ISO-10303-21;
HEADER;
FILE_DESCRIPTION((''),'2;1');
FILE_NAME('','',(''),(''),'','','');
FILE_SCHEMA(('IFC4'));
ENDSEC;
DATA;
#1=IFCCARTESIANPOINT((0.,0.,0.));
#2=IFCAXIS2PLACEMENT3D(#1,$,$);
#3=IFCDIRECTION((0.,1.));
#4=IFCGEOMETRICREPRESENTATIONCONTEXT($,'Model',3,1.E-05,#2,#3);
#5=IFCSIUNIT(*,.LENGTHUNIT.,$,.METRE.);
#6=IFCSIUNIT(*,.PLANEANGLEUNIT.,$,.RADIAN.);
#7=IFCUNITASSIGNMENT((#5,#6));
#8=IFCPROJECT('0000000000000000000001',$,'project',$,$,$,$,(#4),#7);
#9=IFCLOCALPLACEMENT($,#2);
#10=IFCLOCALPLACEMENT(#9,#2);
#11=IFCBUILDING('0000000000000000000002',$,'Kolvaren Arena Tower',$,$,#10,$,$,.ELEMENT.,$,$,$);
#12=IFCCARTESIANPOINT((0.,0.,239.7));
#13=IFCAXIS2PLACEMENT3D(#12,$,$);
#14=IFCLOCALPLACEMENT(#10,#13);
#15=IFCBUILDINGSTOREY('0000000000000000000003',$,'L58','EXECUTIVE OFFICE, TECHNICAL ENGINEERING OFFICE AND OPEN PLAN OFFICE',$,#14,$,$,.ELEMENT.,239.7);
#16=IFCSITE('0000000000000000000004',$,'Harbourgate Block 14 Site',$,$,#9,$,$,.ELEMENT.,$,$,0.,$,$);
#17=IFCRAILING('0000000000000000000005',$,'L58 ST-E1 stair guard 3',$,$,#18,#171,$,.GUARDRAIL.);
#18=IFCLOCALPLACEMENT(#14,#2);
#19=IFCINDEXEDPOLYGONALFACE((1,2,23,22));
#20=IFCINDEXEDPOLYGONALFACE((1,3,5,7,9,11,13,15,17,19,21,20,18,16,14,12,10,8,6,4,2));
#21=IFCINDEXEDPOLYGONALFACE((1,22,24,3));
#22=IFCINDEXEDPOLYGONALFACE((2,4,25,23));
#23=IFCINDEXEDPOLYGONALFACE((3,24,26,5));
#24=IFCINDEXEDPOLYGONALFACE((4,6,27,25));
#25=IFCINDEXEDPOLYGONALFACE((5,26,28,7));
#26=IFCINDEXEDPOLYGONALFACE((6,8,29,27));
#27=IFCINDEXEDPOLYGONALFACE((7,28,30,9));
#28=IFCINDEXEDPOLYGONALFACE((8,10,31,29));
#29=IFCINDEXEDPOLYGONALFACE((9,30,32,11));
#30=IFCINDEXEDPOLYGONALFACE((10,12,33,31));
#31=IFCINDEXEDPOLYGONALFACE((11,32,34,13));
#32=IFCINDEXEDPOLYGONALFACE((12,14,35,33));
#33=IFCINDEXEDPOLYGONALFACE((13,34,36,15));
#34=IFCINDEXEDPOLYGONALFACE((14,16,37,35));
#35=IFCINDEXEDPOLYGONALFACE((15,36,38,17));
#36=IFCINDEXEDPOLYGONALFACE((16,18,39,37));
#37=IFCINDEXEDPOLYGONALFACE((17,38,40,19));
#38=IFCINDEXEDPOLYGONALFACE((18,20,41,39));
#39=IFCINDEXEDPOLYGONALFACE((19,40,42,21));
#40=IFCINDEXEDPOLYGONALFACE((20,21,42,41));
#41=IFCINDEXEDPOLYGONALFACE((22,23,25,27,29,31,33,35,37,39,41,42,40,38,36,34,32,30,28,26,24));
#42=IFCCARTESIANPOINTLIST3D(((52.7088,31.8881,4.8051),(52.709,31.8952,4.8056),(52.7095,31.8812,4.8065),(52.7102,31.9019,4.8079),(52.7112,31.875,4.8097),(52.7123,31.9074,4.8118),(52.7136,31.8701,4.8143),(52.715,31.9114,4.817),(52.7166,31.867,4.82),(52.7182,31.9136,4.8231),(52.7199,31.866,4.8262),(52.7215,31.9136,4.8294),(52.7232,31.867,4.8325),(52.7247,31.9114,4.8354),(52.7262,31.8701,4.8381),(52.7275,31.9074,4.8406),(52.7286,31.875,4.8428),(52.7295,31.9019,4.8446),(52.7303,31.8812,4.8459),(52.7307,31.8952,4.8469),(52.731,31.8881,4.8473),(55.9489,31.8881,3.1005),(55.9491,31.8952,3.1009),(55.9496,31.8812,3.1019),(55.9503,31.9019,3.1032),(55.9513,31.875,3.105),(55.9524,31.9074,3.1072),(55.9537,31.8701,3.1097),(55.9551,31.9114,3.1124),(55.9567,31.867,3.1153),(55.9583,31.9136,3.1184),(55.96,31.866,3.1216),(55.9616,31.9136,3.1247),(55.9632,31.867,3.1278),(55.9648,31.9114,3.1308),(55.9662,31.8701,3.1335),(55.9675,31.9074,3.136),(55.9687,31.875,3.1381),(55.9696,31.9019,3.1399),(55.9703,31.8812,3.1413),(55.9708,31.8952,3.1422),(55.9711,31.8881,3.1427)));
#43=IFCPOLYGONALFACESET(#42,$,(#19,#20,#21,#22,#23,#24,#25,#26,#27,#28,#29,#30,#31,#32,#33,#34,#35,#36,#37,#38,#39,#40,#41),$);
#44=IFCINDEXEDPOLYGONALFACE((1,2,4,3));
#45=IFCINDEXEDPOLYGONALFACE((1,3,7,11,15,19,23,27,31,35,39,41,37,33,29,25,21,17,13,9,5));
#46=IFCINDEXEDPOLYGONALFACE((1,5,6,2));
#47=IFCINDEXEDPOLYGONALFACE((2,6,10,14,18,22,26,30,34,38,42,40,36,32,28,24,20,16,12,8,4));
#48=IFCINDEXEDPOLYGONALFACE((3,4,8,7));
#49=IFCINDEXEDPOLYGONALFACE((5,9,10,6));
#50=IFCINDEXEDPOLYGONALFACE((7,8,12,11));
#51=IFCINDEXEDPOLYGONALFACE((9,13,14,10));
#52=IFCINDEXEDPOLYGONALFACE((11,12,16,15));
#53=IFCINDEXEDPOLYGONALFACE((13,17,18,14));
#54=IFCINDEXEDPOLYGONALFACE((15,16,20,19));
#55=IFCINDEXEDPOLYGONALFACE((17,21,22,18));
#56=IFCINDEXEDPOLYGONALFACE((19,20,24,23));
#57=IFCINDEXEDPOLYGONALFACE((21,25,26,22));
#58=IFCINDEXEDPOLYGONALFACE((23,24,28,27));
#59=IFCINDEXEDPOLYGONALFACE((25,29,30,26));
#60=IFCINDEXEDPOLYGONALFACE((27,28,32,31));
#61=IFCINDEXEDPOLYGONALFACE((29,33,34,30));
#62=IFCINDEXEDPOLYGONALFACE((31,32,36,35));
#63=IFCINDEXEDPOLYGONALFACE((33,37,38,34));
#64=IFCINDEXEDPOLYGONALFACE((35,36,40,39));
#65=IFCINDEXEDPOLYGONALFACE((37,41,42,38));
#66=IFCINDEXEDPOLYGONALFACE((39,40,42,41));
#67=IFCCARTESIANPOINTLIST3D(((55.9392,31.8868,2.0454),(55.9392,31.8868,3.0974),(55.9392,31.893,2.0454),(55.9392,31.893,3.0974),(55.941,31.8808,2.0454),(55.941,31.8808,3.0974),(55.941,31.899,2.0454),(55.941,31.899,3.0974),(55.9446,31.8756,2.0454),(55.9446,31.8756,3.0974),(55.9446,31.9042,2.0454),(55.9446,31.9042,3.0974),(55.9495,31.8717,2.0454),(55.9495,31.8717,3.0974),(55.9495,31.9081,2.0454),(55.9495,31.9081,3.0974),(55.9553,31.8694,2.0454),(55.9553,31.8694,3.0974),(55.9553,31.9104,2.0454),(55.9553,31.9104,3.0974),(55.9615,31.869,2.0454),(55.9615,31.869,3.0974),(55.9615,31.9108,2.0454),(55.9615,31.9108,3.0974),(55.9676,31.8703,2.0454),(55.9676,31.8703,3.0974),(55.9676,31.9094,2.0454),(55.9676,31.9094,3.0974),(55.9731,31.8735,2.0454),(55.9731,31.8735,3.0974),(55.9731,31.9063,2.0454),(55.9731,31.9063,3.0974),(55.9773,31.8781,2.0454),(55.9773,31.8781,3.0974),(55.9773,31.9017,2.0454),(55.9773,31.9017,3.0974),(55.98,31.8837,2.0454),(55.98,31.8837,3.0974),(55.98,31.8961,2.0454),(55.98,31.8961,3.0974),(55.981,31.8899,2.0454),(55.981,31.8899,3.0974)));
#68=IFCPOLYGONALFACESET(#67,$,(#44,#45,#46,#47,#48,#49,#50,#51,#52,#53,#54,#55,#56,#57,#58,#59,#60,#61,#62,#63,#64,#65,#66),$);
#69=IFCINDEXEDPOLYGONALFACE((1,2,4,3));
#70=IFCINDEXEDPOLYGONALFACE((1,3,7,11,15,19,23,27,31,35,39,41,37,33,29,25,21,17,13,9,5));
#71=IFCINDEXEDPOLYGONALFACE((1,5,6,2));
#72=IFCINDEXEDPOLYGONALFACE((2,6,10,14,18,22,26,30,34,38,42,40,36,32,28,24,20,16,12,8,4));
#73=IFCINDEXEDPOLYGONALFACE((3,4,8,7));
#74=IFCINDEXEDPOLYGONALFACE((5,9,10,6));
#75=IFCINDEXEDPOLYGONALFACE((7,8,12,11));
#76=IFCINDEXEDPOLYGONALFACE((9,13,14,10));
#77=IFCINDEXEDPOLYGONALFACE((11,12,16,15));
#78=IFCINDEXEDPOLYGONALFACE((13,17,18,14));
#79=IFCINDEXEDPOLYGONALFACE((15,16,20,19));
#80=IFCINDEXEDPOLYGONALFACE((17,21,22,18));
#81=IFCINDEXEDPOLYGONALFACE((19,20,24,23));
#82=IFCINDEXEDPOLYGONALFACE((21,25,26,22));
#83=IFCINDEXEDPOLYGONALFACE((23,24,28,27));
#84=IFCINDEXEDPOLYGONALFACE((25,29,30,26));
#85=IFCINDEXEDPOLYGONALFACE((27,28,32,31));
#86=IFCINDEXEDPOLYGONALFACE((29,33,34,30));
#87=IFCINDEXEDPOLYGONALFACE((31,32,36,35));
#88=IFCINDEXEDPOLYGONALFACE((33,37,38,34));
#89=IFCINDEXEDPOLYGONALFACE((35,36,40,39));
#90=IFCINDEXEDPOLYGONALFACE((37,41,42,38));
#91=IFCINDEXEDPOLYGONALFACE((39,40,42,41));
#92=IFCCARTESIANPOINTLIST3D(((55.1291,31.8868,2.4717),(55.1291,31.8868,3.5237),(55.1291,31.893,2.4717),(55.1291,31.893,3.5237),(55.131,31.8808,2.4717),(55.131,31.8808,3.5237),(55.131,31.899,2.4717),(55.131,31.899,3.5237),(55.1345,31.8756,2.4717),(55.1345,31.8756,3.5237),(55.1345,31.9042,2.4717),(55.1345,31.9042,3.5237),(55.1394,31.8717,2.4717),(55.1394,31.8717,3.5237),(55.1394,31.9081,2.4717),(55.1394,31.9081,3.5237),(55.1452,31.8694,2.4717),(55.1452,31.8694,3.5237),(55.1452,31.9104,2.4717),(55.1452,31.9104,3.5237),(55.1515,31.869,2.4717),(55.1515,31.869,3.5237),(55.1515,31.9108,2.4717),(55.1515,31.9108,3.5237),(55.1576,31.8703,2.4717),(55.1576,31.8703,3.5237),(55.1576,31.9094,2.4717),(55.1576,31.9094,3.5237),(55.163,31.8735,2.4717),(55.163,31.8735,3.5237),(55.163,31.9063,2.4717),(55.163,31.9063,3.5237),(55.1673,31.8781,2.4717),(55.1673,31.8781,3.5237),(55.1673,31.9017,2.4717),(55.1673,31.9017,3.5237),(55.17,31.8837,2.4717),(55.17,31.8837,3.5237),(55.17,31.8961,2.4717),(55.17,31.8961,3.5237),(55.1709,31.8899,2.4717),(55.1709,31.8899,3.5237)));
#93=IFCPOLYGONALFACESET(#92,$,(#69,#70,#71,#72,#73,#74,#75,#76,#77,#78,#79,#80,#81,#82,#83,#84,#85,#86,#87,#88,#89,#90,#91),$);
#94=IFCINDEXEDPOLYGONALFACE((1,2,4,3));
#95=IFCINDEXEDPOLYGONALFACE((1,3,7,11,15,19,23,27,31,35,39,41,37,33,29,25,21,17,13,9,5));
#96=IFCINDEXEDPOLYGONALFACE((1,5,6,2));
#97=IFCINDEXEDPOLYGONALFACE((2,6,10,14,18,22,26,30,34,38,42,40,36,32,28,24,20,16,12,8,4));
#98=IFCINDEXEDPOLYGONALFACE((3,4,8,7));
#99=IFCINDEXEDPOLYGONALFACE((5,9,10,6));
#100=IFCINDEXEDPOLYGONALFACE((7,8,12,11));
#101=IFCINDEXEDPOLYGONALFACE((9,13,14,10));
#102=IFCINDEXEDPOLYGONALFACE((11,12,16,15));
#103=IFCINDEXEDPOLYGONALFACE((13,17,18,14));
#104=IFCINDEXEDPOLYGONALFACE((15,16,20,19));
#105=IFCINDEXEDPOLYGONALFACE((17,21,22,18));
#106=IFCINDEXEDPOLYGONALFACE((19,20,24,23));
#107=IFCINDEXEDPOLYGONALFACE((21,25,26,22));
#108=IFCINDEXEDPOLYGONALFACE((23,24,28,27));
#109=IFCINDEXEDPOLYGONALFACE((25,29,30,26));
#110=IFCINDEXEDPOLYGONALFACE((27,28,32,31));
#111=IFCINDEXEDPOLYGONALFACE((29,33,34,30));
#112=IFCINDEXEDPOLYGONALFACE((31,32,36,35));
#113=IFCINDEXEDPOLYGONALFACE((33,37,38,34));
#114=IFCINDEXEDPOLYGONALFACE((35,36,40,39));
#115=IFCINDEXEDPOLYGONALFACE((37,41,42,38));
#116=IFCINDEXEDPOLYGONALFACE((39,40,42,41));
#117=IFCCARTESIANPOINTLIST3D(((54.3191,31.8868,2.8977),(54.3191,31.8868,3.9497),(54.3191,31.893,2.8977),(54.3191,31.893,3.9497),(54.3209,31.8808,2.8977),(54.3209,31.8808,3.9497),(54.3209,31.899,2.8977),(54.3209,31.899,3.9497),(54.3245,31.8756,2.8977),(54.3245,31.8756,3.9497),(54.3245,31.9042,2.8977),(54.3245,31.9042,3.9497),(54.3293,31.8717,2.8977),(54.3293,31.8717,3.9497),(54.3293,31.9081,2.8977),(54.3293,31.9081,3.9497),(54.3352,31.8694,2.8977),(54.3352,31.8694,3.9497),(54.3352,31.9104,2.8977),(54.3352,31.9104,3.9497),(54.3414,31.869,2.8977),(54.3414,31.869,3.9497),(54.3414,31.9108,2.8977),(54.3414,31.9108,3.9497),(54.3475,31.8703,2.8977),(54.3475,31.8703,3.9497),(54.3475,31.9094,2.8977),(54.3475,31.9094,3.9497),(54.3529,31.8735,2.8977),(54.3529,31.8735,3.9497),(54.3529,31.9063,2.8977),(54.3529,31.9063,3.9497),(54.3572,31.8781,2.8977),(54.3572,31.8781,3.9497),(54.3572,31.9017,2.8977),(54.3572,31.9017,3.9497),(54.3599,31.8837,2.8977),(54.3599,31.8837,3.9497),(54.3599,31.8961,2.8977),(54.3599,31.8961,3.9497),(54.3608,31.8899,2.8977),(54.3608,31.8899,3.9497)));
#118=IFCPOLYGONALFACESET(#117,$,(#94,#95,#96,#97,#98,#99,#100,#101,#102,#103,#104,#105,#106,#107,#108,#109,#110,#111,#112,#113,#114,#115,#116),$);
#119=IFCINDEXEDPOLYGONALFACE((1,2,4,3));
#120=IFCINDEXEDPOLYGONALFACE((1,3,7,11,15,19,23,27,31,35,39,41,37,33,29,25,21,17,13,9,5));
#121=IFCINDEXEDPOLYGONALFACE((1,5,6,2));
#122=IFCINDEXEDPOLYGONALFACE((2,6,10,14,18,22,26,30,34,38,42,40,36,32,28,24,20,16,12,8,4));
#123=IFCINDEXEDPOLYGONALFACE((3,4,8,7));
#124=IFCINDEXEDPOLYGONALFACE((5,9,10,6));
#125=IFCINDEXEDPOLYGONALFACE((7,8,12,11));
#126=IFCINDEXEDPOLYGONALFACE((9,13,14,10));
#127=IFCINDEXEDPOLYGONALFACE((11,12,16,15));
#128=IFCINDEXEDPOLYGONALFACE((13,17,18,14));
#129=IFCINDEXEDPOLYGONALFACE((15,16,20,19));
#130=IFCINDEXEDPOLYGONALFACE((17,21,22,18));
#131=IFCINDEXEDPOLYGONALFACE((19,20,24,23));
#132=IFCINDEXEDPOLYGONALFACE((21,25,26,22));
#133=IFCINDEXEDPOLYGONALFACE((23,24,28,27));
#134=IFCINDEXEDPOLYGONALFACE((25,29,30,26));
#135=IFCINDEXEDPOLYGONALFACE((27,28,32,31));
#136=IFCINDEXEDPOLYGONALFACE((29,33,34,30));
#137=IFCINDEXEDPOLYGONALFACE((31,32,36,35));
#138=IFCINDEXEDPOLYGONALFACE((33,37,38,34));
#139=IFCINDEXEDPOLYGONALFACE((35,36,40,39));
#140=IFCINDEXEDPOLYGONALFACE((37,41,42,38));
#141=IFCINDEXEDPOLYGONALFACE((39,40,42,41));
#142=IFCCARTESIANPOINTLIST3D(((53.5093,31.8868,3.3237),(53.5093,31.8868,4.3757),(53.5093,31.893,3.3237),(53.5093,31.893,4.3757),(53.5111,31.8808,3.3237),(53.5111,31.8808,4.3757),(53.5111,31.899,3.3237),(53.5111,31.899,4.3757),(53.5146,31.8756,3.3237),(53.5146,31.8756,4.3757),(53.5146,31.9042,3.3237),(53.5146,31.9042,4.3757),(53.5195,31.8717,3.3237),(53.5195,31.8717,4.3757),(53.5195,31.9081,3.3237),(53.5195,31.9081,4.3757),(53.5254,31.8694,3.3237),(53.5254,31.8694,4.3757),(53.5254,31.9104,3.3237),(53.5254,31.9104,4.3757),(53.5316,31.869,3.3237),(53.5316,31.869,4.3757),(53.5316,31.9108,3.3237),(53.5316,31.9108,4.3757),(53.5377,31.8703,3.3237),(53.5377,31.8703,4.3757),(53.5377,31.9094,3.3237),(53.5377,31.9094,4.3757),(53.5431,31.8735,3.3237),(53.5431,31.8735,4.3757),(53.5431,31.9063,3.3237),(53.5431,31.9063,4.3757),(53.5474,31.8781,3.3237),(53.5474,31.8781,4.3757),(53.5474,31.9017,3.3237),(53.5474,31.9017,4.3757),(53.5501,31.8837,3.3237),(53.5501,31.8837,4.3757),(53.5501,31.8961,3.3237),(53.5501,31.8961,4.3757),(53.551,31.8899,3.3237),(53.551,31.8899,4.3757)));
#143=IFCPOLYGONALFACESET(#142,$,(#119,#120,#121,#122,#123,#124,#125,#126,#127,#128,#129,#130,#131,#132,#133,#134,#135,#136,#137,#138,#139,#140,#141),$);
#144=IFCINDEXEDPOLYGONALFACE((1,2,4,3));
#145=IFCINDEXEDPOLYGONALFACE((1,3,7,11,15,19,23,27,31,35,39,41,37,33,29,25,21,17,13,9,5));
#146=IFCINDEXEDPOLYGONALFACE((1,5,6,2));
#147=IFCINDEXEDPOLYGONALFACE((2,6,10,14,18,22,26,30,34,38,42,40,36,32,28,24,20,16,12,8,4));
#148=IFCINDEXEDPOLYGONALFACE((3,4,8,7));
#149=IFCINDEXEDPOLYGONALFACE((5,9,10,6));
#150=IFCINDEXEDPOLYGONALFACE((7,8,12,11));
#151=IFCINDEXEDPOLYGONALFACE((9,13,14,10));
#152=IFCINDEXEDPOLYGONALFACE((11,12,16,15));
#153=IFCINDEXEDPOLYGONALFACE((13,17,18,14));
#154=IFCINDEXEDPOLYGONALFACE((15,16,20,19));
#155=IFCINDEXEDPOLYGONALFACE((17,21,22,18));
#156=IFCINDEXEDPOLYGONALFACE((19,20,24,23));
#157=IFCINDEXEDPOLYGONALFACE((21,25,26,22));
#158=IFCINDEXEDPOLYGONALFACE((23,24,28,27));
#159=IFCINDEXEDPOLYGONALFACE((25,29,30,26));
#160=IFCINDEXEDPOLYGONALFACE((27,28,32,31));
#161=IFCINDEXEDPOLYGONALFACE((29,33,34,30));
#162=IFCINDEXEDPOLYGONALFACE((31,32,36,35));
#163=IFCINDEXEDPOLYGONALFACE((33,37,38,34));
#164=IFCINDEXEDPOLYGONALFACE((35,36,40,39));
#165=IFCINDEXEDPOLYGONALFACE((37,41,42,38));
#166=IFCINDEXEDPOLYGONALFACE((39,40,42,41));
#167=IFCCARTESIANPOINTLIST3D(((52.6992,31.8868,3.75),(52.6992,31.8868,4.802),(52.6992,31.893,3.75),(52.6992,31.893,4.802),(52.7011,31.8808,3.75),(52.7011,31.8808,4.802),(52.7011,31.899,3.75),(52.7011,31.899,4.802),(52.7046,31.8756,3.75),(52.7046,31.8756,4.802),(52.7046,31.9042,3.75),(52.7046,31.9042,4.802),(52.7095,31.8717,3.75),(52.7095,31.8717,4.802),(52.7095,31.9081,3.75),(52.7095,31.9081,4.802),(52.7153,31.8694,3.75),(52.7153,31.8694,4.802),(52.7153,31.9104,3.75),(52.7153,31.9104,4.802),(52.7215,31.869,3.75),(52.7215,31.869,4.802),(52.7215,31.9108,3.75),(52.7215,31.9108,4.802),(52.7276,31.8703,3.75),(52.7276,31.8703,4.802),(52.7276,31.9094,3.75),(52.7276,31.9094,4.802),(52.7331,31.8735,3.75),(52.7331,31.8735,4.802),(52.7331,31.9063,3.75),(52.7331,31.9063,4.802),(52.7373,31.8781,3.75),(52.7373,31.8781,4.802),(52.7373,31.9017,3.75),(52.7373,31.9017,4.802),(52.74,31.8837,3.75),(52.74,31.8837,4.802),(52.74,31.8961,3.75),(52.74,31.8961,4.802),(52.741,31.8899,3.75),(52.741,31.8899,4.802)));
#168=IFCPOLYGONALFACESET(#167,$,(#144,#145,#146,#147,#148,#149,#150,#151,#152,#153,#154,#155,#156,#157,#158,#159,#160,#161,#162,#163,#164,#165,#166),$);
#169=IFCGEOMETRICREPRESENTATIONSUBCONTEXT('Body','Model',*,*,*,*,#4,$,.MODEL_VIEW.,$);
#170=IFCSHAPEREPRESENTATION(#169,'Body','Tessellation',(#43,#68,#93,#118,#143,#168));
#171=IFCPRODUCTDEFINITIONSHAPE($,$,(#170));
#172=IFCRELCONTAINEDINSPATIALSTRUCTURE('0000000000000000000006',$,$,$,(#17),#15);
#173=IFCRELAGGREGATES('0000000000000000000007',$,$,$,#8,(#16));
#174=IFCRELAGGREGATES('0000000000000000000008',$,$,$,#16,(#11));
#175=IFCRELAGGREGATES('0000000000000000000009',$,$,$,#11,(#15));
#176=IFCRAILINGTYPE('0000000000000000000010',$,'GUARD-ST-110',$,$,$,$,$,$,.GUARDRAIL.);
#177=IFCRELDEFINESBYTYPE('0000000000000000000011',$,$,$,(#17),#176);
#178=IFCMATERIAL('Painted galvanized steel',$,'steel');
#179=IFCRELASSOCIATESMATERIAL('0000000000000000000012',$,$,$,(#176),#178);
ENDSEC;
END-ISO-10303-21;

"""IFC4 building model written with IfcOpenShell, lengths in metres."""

from ifc_helpers import new_model, si_unit, direction, frame, origin, origin_2d, place, context, subcontext, project, spatial, circle, extrude, material, type_object, element, save


model = new_model("IFC4")

# Units and contexts
model_context = context("Model", 3, precision=1e-05, world=origin(), true_north=direction((0.0, 1.0)))
body_context = subcontext(model_context, "Body", "Model", "MODEL_VIEW")
ifc_project = project(units=[si_unit("LENGTHUNIT", "METRE"), si_unit("PLANEANGLEUNIT", "RADIAN")], contexts=[model_context])

# Site, building, storey
site_placement = place(None, origin())
site = spatial("IfcSite", under=ifc_project, at=site_placement, Name="Harbourgate Block 14 Site", CompositionType="ELEMENT", RefElevation=0.0)
building_placement = place(site_placement, origin())
building = spatial("IfcBuilding", under=site, at=building_placement, Name="Kolvaren Arena Tower", CompositionType="ELEMENT")
storey_placement = place(building_placement, frame((0.0, 0.0, 239.7)))
storey = spatial("IfcBuildingStorey", under=building, at=storey_placement, Name="L58", Description="EXECUTIVE OFFICE, TECHNICAL ENGINEERING OFFICE AND OPEN PLAN OFFICE", CompositionType="ELEMENT", Elevation=239.7)

# Railing
ifc_material_1 = material(Name="Painted galvanized steel", Category="steel")
railing_type_1 = type_object("IfcRailingType", Name="GUARD-ST-110", PredefinedType="GUARDRAIL", material=ifc_material_1)
railing_1_placement = place(storey_placement, frame((55.96, 31.8899, 2.0454)))
element("IfcRailing", 1, at=railing_1_placement, inside=storey, type_object=railing_type_1, Name="L58 ST-E1 stair guard 3", PredefinedType="GUARDRAIL", context=body_context, shape_type="SweptSolid", body=[
    extrude(circle(Radius=0.0239, at=origin_2d()), frame((0.0, 0.0, 1.0762), z_axis=(-0.884993, 0.0, 0.465604), x_axis=(0.0, -1.0, 0.0)), (0.0, 0.0, 1.0), 3.6611),
    extrude(circle(Radius=0.021, at=origin_2d()), origin(), (0.0, 0.0, 1.0), 1.052),
    extrude(circle(Radius=0.021, at=origin_2d()), frame((-0.8101, 0.0, 0.4263)), (0.0, 0.0, 1.0), 1.052),
    extrude(circle(Radius=0.021, at=origin_2d()), frame((-1.6201, 0.0, 0.8523)), (0.0, 0.0, 1.0), 1.052),
    extrude(circle(Radius=0.021, at=origin_2d()), frame((-2.4299, 0.0, 1.2783)), (0.0, 0.0, 1.0), 1.052),
    extrude(circle(Radius=0.021, at=origin_2d()), frame((-3.24, 0.0, 1.7046)), (0.0, 0.0, 1.0), 1.052),
])

save(model, "model.ifc")
